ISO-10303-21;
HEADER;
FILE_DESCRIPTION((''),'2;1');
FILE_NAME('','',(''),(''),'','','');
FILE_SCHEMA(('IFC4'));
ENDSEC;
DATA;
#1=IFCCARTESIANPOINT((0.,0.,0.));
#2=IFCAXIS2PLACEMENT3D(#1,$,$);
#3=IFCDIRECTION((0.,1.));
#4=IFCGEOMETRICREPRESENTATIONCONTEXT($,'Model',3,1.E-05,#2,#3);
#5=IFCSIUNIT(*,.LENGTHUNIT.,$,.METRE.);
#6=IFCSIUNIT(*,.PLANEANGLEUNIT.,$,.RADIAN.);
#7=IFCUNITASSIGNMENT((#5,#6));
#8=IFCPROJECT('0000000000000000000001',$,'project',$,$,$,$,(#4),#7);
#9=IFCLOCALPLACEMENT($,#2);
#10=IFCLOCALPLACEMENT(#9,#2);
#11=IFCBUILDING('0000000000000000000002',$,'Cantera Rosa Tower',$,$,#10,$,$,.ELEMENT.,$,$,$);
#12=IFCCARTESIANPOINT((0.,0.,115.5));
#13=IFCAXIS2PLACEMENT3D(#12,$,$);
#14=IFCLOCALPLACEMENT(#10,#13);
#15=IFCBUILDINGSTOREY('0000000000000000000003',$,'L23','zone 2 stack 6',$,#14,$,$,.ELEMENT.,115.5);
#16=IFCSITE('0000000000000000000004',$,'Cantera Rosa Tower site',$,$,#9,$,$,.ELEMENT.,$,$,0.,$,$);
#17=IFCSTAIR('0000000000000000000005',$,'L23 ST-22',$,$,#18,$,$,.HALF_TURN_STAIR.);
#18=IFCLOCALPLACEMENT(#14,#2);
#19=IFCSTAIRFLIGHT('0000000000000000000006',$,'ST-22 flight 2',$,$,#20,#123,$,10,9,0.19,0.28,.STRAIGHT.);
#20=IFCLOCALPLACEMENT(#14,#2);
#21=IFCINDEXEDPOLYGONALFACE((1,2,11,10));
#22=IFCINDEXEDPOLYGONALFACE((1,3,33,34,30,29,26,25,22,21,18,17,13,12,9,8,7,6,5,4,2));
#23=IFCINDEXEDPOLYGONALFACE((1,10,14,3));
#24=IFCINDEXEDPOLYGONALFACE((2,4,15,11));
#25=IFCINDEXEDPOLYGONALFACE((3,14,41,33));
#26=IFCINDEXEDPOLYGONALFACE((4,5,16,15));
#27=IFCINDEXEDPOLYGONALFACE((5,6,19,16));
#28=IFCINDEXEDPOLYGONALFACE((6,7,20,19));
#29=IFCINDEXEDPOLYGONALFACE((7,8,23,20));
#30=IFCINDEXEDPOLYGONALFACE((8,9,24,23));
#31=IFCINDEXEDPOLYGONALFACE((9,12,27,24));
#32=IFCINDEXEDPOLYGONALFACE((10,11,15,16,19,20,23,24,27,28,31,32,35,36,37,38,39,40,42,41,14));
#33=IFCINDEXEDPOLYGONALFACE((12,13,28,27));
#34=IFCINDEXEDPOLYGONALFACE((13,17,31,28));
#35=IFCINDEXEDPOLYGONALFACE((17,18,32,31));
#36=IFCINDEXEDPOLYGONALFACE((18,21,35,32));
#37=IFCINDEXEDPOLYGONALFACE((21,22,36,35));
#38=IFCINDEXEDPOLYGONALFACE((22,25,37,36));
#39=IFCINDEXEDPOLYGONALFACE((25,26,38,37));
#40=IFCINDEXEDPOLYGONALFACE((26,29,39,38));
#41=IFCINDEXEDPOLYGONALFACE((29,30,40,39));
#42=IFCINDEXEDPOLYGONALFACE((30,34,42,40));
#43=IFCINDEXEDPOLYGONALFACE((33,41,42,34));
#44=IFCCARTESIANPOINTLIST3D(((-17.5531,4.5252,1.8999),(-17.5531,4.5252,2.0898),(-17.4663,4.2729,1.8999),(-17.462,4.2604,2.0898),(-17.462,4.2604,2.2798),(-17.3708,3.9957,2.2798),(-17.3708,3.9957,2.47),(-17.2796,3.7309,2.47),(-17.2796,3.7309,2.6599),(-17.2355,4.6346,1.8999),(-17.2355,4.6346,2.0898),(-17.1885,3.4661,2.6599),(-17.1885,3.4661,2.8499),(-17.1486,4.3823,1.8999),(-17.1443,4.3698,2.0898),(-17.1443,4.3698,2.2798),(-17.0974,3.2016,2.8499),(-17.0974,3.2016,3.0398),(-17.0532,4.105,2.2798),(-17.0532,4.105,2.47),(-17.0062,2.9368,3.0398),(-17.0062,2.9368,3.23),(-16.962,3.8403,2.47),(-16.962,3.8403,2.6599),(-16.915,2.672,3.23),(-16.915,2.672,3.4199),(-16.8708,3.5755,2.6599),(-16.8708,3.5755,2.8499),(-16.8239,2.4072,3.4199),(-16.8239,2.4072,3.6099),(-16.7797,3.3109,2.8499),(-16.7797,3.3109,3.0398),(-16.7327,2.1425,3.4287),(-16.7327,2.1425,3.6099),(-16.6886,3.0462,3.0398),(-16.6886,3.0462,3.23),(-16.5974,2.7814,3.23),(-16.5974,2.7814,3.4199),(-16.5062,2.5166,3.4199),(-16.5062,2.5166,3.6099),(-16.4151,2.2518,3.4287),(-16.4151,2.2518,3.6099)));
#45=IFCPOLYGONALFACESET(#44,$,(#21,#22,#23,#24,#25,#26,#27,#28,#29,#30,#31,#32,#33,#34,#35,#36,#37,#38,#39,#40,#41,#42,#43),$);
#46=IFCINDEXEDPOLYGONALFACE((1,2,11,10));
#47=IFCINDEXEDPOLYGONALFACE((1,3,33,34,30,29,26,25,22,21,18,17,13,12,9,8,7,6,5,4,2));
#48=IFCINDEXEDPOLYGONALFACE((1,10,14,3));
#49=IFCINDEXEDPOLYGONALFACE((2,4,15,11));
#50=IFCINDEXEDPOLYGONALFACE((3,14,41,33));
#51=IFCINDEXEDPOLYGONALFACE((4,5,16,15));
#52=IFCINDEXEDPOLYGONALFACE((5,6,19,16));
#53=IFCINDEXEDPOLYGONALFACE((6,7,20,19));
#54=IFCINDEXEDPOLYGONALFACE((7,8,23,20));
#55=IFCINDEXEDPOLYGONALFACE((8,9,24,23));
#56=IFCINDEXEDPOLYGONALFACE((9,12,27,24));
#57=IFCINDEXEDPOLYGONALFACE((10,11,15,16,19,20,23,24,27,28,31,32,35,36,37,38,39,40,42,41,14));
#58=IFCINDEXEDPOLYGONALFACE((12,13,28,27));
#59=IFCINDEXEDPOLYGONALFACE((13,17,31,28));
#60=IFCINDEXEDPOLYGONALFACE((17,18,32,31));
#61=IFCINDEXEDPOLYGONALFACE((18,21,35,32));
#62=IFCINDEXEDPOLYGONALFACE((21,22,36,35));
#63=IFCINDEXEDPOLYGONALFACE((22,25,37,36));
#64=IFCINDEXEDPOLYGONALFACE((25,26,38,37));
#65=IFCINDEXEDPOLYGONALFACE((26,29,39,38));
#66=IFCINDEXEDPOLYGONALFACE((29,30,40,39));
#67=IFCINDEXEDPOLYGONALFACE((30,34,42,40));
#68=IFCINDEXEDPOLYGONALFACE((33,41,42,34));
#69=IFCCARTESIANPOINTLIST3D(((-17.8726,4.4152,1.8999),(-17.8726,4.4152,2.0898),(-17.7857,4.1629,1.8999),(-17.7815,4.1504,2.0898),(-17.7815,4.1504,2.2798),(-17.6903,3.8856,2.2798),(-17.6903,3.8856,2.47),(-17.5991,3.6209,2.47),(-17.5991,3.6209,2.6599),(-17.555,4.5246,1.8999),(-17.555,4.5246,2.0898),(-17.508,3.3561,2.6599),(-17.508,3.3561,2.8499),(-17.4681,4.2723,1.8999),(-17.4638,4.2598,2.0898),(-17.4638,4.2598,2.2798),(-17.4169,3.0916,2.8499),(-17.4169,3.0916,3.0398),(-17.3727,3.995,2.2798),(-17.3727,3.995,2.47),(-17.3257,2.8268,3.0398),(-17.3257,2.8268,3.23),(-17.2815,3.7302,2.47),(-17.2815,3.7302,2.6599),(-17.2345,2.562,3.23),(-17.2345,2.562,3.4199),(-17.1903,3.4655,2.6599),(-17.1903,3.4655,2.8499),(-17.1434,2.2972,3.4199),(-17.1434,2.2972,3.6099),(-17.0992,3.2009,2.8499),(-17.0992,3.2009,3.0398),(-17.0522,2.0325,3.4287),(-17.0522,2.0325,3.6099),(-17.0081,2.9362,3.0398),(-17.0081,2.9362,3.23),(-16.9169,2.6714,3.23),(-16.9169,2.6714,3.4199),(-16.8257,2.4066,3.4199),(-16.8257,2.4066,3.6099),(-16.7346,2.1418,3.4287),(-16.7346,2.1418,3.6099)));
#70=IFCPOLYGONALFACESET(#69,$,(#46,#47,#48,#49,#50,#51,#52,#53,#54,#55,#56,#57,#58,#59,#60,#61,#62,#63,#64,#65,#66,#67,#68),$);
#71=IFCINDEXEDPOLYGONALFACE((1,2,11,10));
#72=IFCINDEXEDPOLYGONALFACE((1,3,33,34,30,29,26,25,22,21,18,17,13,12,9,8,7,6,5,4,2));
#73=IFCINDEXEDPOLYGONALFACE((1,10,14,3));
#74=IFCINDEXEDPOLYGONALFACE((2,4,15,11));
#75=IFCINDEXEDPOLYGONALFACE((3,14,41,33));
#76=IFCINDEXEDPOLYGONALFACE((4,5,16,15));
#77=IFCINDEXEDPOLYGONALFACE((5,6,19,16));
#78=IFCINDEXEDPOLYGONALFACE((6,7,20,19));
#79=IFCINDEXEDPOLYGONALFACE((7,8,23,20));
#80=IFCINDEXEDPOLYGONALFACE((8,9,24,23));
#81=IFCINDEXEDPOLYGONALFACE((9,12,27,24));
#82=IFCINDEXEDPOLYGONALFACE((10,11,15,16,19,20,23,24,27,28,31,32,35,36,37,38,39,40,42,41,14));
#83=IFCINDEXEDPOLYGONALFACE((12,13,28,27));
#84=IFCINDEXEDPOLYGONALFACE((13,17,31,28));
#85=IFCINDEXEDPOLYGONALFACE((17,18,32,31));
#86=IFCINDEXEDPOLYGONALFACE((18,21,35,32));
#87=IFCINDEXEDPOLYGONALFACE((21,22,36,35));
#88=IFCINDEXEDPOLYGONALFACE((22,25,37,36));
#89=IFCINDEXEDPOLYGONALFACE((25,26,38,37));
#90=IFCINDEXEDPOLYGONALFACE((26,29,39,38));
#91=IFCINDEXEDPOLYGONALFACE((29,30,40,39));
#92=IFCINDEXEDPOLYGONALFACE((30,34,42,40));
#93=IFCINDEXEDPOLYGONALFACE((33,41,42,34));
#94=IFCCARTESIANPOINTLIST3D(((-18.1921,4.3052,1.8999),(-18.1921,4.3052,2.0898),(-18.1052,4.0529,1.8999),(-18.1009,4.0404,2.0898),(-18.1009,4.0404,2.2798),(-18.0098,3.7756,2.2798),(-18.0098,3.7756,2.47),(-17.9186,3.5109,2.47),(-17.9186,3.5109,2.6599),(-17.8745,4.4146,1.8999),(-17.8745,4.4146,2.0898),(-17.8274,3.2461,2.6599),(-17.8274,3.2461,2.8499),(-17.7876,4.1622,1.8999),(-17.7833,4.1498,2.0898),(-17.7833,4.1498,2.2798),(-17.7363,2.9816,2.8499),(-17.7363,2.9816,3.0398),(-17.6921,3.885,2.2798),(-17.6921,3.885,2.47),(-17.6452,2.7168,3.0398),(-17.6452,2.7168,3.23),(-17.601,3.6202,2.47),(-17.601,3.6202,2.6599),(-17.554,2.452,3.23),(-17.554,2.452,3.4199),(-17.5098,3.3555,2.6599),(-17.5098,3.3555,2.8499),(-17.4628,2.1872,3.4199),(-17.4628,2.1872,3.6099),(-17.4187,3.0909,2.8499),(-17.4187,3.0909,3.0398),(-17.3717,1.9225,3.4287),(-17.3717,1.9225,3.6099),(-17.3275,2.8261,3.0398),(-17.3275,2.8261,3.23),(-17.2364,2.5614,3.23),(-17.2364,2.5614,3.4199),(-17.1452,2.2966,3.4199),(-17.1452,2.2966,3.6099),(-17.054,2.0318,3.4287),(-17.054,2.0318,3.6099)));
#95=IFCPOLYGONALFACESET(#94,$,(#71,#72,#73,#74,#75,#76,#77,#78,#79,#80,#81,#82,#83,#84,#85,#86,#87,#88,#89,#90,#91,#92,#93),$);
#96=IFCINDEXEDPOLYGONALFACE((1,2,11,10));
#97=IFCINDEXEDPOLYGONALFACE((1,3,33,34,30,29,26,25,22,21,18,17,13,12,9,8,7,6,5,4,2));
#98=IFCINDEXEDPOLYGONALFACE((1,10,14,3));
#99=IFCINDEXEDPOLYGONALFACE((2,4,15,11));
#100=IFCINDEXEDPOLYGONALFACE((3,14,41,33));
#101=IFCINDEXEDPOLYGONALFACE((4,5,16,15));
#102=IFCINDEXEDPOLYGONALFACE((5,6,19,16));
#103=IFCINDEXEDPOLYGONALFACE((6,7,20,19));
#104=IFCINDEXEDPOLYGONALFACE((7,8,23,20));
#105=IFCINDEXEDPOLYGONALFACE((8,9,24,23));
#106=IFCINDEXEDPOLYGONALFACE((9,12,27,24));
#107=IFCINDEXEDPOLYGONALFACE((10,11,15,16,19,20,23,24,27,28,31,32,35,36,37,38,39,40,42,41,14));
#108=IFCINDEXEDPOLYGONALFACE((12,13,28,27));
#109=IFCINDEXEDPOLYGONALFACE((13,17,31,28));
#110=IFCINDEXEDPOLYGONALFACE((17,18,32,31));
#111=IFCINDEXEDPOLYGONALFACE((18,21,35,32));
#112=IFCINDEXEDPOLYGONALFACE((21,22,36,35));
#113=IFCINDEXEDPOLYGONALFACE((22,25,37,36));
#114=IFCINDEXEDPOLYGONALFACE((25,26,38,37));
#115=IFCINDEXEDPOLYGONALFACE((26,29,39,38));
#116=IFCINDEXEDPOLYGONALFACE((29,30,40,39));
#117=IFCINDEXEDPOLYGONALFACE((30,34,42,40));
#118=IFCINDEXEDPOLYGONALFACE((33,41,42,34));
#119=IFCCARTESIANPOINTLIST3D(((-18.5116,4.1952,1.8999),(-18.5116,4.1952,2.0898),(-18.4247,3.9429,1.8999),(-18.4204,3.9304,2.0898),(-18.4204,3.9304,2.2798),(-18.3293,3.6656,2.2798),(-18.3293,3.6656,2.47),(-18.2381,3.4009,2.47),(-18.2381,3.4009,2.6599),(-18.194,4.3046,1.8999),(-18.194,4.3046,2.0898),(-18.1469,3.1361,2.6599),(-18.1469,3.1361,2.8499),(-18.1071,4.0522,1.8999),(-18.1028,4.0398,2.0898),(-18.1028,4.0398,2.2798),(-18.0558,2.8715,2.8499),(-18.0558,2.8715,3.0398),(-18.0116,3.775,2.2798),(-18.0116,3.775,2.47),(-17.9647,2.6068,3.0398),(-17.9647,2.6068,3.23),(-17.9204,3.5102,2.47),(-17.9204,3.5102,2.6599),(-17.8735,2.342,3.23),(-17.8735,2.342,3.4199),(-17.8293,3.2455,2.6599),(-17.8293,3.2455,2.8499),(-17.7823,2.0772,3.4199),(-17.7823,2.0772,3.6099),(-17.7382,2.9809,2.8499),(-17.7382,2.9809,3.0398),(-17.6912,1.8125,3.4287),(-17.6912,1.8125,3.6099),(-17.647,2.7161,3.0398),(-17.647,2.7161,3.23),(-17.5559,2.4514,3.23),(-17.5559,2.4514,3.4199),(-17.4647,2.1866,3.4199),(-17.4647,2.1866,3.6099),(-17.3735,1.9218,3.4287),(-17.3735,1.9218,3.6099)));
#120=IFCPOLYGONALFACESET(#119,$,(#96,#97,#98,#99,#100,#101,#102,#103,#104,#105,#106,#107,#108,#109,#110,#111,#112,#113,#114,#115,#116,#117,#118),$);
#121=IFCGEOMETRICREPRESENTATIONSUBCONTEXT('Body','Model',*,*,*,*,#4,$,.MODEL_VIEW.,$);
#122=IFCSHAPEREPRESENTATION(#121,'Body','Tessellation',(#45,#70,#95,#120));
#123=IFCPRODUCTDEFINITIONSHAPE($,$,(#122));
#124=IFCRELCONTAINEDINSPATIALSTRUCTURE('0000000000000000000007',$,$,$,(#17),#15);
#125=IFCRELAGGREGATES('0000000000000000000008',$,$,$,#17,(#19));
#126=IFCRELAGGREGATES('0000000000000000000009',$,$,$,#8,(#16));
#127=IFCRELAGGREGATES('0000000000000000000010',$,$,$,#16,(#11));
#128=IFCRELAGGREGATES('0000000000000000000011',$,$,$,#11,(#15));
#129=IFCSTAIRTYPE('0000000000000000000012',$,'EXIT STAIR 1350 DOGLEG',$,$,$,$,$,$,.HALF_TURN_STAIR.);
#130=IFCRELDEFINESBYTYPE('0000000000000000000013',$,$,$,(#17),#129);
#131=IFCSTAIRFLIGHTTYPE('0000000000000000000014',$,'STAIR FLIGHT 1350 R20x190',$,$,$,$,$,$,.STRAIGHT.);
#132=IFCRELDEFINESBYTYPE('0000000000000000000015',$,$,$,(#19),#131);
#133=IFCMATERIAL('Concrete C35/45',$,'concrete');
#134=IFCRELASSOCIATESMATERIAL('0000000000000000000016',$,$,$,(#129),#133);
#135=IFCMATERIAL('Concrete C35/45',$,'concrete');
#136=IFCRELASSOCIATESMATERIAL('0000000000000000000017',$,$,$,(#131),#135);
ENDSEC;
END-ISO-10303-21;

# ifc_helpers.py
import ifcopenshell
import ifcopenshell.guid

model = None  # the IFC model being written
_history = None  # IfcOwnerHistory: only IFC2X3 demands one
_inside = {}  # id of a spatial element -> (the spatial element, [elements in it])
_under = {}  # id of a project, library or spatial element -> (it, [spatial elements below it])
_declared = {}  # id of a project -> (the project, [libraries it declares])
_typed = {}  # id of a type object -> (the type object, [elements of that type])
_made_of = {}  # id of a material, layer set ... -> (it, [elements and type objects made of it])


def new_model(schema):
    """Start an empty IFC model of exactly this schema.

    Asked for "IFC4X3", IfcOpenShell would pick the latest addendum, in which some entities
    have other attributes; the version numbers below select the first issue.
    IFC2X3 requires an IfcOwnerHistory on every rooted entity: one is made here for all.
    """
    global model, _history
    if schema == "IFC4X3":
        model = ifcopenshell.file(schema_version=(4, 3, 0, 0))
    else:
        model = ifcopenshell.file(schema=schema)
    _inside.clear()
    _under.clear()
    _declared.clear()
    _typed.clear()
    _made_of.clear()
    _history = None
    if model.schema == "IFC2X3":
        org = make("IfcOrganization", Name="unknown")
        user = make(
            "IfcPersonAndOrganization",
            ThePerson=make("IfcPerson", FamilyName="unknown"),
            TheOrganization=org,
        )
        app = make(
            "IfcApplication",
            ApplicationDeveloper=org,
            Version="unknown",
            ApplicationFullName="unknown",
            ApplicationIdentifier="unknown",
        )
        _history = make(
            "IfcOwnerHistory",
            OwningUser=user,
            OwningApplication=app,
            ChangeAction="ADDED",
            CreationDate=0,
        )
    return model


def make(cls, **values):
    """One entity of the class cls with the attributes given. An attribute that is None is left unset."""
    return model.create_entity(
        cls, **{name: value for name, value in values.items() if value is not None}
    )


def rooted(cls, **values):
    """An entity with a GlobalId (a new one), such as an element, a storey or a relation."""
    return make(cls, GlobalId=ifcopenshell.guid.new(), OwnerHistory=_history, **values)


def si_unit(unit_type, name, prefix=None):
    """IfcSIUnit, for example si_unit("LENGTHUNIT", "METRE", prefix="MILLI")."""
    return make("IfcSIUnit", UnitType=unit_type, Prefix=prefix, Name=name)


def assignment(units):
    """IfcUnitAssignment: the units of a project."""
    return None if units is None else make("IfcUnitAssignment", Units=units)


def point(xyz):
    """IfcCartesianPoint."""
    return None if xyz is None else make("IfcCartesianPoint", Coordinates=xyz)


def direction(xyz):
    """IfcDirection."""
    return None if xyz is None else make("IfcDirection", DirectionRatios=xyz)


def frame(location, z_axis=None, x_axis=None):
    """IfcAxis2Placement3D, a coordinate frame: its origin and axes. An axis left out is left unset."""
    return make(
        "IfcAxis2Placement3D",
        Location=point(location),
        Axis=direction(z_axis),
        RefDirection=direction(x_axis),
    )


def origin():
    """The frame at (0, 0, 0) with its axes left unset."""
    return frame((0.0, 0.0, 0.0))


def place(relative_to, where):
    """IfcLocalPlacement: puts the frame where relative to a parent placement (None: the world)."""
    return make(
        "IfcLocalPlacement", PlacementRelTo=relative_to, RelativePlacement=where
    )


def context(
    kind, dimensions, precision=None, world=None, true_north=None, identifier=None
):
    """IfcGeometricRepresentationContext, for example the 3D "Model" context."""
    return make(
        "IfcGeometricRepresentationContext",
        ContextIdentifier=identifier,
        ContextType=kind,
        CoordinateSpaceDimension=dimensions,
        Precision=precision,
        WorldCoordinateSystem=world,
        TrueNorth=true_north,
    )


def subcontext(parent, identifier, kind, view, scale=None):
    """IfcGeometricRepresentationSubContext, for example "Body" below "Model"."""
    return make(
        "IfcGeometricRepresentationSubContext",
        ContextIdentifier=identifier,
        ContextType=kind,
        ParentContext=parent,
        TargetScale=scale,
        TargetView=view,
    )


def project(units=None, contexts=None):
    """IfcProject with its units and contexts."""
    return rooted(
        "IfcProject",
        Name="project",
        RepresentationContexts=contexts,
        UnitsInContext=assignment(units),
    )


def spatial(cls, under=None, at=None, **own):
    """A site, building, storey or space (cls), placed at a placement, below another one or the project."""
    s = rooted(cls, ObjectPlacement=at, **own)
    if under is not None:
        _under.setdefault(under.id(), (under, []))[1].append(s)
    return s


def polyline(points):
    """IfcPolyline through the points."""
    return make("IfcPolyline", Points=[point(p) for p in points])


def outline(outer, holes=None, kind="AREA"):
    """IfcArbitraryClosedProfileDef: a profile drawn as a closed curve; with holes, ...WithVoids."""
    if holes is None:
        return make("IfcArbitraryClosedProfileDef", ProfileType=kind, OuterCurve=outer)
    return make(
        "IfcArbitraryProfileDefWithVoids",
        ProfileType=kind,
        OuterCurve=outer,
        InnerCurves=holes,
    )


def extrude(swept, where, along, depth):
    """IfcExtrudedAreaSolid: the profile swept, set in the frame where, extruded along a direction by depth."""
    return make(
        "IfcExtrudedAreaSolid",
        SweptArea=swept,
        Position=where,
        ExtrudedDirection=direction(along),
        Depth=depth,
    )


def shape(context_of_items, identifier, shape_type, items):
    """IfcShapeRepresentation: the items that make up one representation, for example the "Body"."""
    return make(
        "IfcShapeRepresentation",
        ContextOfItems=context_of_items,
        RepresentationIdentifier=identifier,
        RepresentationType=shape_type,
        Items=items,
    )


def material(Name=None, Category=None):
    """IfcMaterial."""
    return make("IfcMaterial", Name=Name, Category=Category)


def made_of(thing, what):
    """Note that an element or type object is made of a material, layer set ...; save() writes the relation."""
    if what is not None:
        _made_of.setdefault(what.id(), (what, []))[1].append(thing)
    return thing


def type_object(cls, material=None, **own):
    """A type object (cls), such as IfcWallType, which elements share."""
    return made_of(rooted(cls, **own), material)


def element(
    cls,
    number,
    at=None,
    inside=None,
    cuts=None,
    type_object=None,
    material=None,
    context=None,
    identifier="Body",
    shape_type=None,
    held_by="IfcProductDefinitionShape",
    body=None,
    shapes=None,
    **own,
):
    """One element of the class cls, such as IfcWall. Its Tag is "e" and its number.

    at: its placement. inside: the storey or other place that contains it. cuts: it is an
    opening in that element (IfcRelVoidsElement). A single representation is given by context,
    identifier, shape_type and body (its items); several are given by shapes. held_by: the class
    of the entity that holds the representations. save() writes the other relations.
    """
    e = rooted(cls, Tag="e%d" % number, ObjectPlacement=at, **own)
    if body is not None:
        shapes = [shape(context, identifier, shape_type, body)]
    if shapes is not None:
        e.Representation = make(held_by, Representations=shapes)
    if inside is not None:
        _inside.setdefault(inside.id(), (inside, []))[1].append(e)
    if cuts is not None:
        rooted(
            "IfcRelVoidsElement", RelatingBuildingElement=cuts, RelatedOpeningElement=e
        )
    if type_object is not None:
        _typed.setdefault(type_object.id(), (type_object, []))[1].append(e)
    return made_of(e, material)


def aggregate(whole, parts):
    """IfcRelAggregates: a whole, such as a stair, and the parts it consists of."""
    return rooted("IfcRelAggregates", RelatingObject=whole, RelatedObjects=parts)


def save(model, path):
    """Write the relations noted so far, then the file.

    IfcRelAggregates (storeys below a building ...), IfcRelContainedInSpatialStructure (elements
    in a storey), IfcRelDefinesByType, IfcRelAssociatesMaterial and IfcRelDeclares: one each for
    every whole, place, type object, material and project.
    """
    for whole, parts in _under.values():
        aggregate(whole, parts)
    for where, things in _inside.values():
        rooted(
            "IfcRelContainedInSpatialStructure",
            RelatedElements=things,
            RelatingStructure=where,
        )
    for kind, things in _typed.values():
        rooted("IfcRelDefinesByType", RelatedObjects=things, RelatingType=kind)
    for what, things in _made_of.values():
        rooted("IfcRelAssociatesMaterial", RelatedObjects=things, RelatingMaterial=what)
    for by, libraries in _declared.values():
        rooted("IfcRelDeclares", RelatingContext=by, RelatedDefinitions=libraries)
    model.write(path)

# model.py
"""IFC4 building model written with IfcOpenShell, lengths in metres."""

from ifc_helpers import new_model, si_unit, direction, frame, origin, place, context, subcontext, project, spatial, polyline, outline, extrude, material, type_object, element, aggregate, save


model = new_model("IFC4")

# Units and contexts
model_context = context("Model", 3, precision=1e-05, world=origin(), true_north=direction((0.0, 1.0)))
body_context = subcontext(model_context, "Body", "Model", "MODEL_VIEW")
ifc_project = project(units=[si_unit("LENGTHUNIT", "METRE"), si_unit("PLANEANGLEUNIT", "RADIAN")], contexts=[model_context])

# Site, building, storey
site_placement = place(None, origin())
site = spatial("IfcSite", under=ifc_project, at=site_placement, Name="Cantera Rosa Tower site", CompositionType="ELEMENT", RefElevation=0.0)
building_placement = place(site_placement, origin())
building = spatial("IfcBuilding", under=site, at=building_placement, Name="Cantera Rosa Tower", CompositionType="ELEMENT")
storey_placement = place(building_placement, frame((0.0, 0.0, 115.5)))
storey = spatial("IfcBuildingStorey", under=building, at=storey_placement, Name="L23", Description="zone 2 stack 6", CompositionType="ELEMENT", Elevation=115.5)

# Stair, stair flight
ifc_material_1 = material(Name="Concrete C35/45", Category="concrete")
stair_type = type_object("IfcStairType", Name="EXIT STAIR 1350 DOGLEG", PredefinedType="HALF_TURN_STAIR", material=ifc_material_1)
stair_placement = place(storey_placement, origin())
stair = element("IfcStair", 1, at=stair_placement, inside=storey, type_object=stair_type, Name="L23 ST-22", PredefinedType="HALF_TURN_STAIR")
ifc_material_2 = material(Name="Concrete C35/45", Category="concrete")
stair_flight_type = type_object("IfcStairFlightType", Name="STAIR FLIGHT 1350 R20x190", PredefinedType="STRAIGHT", material=ifc_material_2)
stair_flight_1_placement = place(storey_placement, frame((-17.8738, 4.4148, 1.8999), z_axis=(0.0, 0.0, 1.0), x_axis=(0.325568, -0.945519, 0.0)))
stair_flight_1 = element("IfcStairFlight", 2, at=stair_flight_1_placement, type_object=stair_flight_type, Name="ST-22 flight 2", NumberOfRisers=10, NumberOfTreads=9, PredefinedType="STRAIGHT", RiserHeight=0.19, TreadLength=0.28, context=body_context, shape_type="SweptSolid", body=[
    extrude(outline(polyline([(0.0, 0.0), (0.0, 0.1899), (0.28, 0.1899), (0.28, 0.3799), (0.5601, 0.3799), (0.5601, 0.5701), (0.8401, 0.5701), (0.8401, 0.76), (1.1201, 0.76), (1.1201, 0.95), (1.3999, 0.95), (1.3999, 1.1399), (1.6799, 1.1399), (1.6799, 1.3301), (1.96, 1.3301), (1.96, 1.52), (2.24, 1.52), (2.24, 1.71), (2.52, 1.71), (2.52, 1.8999), (2.52, 1.5288), (0.2668, 0.0), (0.0, 0.0)])), frame((0.0, 0.675, 0.0), z_axis=(0.0, -1.0, 0.0), x_axis=(1.0, 0.0, 0.0)), (0.0, 0.0, 1.0), 0.3359),
    extrude(outline(polyline([(0.0, 0.0), (0.0, 0.1899), (0.28, 0.1899), (0.28, 0.3799), (0.5601, 0.3799), (0.5601, 0.5701), (0.8401, 0.5701), (0.8401, 0.76), (1.1201, 0.76), (1.1201, 0.95), (1.3999, 0.95), (1.3999, 1.1399), (1.6799, 1.1399), (1.6799, 1.3301), (1.96, 1.3301), (1.96, 1.52), (2.24, 1.52), (2.24, 1.71), (2.52, 1.71), (2.52, 1.8999), (2.52, 1.5288), (0.2668, 0.0), (0.0, 0.0)])), frame((0.0, 0.3372, 0.0), z_axis=(0.0, -1.0, 0.0), x_axis=(1.0, 0.0, 0.0)), (0.0, 0.0, 1.0), 0.3359),
    extrude(outline(polyline([(0.0, 0.0), (0.0, 0.1899), (0.28, 0.1899), (0.28, 0.3799), (0.5601, 0.3799), (0.5601, 0.5701), (0.8401, 0.5701), (0.8401, 0.76), (1.1201, 0.76), (1.1201, 0.95), (1.3999, 0.95), (1.3999, 1.1399), (1.6799, 1.1399), (1.6799, 1.3301), (1.96, 1.3301), (1.96, 1.52), (2.24, 1.52), (2.24, 1.71), (2.52, 1.71), (2.52, 1.8999), (2.52, 1.5288), (0.2668, 0.0), (0.0, 0.0)])), frame((0.0, -0.0007, 0.0), z_axis=(0.0, -1.0, 0.0), x_axis=(1.0, 0.0, 0.0)), (0.0, 0.0, 1.0), 0.3359),
    extrude(outline(polyline([(0.0, 0.0), (0.0, 0.1899), (0.28, 0.1899), (0.28, 0.3799), (0.5601, 0.3799), (0.5601, 0.5701), (0.8401, 0.5701), (0.8401, 0.76), (1.1201, 0.76), (1.1201, 0.95), (1.3999, 0.95), (1.3999, 1.1399), (1.6799, 1.1399), (1.6799, 1.3301), (1.96, 1.3301), (1.96, 1.52), (2.24, 1.52), (2.24, 1.71), (2.52, 1.71), (2.52, 1.8999), (2.52, 1.5288), (0.2668, 0.0), (0.0, 0.0)])), frame((0.0, -0.3386, 0.0), z_axis=(0.0, -1.0, 0.0), x_axis=(1.0, 0.0, 0.0)), (0.0, 0.0, 1.0), 0.3359),
])
aggregate(stair, [stair_flight_1])

save(model, "model.ifc")
